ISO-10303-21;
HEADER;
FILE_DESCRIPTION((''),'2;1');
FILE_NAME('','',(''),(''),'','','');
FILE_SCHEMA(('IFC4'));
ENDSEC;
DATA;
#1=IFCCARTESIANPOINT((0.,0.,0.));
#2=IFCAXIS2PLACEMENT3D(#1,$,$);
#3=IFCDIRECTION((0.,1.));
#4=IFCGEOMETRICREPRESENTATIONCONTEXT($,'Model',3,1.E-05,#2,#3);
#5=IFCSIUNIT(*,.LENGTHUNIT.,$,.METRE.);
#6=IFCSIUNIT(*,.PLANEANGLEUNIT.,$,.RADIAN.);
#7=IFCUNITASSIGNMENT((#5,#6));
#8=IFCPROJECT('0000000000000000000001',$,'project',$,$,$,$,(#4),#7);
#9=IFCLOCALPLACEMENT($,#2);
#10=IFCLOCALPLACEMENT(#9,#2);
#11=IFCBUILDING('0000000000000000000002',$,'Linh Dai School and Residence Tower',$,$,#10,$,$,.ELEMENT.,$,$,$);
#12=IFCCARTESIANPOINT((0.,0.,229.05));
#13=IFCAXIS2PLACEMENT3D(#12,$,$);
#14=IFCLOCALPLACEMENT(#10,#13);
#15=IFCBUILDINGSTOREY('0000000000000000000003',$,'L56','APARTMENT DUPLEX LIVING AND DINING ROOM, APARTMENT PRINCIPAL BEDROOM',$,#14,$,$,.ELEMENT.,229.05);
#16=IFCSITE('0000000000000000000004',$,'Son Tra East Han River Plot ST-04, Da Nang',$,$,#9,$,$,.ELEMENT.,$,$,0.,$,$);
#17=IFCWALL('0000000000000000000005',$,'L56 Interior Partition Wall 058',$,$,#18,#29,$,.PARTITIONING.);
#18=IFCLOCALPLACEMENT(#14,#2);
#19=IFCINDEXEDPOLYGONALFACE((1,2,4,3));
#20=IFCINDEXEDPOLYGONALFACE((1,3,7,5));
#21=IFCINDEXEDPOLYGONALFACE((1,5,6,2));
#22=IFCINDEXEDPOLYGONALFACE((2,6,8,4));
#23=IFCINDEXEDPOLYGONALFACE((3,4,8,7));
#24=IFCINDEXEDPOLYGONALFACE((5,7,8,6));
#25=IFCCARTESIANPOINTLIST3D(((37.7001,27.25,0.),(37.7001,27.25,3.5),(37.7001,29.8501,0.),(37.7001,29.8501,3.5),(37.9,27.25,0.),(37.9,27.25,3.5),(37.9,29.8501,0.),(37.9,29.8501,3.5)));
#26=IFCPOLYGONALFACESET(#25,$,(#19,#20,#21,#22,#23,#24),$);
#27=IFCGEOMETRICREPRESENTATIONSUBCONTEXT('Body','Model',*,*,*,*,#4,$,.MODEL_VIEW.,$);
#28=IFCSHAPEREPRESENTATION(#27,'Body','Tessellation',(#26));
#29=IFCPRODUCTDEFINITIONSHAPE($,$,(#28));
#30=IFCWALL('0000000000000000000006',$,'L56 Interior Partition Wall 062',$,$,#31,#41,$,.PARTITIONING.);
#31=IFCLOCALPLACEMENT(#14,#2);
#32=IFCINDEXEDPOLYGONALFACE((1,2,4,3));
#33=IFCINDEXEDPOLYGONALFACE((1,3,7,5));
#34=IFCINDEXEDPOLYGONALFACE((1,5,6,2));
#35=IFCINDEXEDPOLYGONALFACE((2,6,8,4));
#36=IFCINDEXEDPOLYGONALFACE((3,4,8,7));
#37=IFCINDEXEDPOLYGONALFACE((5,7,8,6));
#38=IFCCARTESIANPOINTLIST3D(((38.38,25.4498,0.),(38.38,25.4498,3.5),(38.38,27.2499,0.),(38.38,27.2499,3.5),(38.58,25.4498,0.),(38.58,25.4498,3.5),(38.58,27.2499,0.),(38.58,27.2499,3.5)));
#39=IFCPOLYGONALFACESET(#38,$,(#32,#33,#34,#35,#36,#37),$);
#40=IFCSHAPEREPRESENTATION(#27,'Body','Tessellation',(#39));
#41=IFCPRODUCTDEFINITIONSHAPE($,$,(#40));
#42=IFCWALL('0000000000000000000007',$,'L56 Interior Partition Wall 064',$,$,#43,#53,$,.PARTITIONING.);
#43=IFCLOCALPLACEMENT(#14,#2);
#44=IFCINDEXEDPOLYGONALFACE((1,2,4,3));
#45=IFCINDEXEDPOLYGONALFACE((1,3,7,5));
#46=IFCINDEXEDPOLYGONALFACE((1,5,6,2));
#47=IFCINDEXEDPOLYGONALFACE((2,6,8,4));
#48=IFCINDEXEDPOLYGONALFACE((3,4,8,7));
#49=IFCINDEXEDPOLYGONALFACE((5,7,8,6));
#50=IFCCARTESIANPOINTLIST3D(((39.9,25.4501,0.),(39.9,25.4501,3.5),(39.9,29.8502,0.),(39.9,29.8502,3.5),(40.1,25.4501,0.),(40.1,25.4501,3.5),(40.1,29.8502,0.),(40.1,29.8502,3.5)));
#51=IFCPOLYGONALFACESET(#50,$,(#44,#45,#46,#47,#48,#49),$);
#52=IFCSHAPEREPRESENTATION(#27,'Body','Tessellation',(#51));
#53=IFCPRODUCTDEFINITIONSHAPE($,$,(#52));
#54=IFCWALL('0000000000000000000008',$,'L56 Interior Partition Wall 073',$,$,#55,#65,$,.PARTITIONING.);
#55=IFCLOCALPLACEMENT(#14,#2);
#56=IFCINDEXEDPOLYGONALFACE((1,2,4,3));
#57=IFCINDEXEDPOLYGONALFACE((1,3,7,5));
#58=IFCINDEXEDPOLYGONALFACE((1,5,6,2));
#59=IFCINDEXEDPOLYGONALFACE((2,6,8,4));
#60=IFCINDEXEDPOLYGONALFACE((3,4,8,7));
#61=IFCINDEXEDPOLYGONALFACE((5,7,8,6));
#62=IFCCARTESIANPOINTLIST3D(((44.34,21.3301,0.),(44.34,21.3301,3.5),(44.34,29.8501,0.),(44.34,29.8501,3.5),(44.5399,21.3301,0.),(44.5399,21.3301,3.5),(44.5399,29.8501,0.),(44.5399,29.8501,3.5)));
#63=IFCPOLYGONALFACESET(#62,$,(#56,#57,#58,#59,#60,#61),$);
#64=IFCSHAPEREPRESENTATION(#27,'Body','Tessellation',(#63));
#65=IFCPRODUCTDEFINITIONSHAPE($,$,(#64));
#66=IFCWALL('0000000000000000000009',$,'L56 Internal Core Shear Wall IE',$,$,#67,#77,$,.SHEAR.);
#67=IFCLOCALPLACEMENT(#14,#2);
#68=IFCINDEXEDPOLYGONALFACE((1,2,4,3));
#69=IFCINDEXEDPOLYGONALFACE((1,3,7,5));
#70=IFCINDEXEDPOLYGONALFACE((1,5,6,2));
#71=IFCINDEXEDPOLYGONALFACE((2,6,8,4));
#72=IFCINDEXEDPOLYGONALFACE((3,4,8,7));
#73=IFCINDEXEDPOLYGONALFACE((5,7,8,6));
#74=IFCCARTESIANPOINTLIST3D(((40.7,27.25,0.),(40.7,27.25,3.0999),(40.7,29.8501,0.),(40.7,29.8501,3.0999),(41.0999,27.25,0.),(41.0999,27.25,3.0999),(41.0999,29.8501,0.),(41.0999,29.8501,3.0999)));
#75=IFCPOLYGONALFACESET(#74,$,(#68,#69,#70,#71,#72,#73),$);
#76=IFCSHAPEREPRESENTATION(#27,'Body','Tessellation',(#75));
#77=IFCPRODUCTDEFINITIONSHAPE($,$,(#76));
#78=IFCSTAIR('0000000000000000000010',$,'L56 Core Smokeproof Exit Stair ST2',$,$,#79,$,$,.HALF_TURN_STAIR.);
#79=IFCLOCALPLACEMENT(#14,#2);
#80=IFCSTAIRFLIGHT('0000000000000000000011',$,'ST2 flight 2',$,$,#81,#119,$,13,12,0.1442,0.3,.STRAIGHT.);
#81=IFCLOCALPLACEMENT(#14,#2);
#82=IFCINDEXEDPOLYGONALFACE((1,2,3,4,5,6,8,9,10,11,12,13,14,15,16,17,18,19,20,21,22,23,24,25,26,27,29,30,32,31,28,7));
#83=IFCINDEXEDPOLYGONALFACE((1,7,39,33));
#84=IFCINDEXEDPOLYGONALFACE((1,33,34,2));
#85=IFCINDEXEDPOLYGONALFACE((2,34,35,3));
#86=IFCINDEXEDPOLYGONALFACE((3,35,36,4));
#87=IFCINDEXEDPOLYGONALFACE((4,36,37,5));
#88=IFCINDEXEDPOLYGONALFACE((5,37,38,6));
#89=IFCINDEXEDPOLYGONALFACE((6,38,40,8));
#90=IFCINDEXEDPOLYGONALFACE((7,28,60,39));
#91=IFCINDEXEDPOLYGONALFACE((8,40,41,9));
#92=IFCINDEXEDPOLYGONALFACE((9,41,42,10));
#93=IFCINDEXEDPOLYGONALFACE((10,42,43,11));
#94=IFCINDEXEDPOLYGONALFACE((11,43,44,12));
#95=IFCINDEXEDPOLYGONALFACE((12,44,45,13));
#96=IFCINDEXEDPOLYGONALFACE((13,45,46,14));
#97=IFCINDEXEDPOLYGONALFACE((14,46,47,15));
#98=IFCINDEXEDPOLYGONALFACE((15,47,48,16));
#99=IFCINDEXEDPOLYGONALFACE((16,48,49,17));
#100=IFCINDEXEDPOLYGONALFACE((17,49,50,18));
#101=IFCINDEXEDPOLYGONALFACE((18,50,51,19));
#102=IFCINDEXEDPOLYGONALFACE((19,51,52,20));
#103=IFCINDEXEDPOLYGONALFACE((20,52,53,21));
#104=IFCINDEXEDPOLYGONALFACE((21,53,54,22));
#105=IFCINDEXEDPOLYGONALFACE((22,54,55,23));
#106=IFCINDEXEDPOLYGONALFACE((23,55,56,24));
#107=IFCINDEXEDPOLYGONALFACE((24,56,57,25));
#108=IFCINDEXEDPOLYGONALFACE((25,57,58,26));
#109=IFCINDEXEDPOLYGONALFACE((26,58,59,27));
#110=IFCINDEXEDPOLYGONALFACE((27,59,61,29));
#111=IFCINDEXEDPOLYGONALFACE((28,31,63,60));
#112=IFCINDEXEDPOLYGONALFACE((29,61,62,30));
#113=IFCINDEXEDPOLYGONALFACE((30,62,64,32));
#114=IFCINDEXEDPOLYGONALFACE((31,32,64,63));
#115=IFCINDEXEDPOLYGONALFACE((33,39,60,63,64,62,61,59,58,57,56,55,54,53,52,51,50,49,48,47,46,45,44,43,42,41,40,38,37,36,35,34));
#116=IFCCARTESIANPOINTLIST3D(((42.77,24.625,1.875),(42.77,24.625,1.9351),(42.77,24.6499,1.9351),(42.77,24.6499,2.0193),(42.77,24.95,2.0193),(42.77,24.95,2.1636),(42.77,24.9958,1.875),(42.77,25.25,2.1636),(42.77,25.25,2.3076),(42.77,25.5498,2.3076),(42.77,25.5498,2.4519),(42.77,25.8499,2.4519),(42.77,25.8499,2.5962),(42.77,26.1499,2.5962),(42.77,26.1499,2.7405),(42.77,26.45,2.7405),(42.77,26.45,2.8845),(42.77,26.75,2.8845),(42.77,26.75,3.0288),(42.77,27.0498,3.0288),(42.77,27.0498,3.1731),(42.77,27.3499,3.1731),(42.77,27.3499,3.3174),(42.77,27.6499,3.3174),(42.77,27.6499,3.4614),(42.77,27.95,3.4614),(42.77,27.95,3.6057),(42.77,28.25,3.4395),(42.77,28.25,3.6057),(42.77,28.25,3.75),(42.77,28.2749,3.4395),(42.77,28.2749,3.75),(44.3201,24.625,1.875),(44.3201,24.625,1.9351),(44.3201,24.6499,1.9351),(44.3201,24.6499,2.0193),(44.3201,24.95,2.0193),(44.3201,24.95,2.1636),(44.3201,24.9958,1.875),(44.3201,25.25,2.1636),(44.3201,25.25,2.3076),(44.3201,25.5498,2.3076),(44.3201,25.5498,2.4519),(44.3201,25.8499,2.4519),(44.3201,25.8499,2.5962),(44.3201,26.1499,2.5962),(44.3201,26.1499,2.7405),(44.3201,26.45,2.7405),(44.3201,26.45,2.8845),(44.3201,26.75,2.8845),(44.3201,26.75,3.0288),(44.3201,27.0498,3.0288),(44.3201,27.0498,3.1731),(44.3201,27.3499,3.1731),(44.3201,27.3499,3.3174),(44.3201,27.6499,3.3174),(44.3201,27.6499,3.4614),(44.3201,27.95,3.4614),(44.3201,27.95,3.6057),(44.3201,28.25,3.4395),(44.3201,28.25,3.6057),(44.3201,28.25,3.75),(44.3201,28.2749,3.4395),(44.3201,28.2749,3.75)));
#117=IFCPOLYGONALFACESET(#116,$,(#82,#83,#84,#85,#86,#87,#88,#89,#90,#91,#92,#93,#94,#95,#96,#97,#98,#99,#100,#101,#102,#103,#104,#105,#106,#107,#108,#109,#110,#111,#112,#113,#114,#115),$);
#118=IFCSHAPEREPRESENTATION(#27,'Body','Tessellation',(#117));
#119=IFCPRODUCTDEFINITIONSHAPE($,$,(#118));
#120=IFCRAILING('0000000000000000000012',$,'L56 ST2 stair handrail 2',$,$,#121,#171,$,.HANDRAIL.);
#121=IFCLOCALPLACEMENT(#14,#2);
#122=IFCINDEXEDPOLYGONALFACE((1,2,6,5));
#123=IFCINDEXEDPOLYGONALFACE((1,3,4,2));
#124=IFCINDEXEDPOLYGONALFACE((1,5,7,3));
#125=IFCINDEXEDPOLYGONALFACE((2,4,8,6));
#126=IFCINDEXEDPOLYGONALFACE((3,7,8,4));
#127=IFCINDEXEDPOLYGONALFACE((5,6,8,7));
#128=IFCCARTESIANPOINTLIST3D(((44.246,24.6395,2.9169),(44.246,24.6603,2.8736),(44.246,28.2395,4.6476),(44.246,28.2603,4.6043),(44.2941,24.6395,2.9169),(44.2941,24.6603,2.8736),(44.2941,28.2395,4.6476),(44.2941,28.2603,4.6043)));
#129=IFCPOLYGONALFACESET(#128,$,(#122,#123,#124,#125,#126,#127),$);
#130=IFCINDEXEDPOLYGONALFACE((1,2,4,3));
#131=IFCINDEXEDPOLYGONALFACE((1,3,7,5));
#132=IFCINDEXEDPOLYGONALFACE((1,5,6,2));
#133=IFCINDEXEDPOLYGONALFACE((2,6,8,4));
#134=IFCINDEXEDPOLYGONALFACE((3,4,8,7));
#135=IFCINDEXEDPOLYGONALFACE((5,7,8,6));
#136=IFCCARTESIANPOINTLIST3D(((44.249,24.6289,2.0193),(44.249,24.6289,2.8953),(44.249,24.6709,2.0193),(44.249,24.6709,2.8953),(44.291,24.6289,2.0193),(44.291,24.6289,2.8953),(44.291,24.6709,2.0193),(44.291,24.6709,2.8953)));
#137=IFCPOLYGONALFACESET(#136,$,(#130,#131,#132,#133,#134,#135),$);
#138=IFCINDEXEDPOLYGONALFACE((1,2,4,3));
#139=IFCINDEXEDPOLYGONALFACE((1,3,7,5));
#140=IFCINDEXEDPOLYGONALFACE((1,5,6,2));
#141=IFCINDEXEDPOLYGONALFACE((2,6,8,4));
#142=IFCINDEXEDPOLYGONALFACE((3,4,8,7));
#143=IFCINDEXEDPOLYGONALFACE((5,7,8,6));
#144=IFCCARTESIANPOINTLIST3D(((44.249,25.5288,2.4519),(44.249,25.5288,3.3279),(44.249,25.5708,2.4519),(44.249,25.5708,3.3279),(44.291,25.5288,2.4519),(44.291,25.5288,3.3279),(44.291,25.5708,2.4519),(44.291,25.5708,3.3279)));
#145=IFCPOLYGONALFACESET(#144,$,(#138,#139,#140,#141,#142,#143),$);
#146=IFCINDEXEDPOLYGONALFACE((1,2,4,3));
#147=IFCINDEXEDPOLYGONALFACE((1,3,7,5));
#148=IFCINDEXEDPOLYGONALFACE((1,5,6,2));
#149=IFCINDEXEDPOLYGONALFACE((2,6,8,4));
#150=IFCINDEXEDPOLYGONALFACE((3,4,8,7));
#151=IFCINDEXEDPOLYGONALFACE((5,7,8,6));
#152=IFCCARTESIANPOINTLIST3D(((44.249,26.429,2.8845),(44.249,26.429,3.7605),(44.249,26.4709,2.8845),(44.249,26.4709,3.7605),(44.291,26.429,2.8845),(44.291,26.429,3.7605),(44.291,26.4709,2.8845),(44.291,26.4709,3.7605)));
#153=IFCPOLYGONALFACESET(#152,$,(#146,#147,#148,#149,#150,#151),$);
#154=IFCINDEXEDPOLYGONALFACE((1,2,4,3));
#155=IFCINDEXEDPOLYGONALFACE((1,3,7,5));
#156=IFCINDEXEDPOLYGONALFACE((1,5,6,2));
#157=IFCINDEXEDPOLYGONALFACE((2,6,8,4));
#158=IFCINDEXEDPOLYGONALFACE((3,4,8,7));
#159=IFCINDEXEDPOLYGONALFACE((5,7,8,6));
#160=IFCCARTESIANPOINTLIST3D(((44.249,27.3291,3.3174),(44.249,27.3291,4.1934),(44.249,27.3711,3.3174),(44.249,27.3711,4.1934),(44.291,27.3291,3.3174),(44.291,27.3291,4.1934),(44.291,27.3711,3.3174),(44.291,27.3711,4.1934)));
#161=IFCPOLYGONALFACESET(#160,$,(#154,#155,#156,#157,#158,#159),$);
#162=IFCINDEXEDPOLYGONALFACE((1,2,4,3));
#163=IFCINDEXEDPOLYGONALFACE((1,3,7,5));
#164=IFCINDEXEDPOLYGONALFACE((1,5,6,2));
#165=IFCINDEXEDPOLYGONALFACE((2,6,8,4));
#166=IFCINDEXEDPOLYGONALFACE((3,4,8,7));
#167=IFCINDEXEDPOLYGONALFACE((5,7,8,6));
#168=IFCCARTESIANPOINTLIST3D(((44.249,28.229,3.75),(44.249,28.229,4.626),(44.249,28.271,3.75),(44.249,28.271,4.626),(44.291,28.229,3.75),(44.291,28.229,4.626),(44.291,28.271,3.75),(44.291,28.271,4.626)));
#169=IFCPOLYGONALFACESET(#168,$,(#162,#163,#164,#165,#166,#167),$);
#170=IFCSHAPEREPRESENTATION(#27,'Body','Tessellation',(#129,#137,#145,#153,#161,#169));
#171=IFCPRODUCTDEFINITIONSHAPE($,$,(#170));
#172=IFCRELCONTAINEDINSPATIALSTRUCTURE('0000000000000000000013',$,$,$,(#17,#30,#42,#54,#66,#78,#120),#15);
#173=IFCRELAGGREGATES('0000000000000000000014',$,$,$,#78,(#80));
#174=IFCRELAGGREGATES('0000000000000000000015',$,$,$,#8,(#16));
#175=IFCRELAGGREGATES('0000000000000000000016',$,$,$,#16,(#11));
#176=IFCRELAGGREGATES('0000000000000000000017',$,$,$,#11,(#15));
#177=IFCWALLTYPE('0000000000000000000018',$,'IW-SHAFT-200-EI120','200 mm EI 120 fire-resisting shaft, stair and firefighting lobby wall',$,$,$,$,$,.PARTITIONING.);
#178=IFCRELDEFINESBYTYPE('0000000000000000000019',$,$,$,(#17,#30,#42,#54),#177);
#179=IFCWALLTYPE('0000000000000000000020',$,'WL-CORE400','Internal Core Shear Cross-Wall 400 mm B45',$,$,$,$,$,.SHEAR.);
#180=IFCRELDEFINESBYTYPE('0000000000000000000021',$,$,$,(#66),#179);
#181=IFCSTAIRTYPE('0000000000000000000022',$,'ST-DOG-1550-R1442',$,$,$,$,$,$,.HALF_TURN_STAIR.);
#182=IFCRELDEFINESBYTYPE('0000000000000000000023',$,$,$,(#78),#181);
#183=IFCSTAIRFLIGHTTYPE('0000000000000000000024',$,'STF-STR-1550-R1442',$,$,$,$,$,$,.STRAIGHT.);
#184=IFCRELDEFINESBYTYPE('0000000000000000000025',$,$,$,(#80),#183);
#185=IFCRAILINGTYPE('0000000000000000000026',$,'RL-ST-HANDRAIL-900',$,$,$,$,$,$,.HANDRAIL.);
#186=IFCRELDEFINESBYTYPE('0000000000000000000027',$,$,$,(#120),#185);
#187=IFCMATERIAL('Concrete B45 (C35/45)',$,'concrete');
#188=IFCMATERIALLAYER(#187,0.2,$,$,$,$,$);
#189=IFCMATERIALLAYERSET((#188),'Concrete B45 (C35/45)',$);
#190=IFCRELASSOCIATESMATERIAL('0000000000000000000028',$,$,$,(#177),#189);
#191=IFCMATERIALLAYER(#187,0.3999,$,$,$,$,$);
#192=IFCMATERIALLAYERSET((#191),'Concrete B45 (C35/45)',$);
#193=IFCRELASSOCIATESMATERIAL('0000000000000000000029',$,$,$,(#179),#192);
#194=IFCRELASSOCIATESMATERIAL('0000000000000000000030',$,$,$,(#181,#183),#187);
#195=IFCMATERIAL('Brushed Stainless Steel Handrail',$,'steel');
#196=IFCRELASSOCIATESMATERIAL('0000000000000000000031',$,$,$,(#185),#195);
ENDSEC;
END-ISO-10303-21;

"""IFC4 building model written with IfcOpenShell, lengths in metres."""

from ifc_helpers import new_model, si_unit, direction, frame, frame_2d, origin, origin_2d, place, context, subcontext, project, spatial, polyline, rectangle, outline, extrude, source, transform, mapped, material, layer, layer_set, type_object, element, aggregate, save


model = new_model("IFC4")

# Units and contexts
model_context = context("Model", 3, precision=1e-05, world=origin(), true_north=direction((0.0, 1.0)))
body_context = subcontext(model_context, "Body", "Model", "MODEL_VIEW")
ifc_project = project(units=[si_unit("LENGTHUNIT", "METRE"), si_unit("PLANEANGLEUNIT", "RADIAN")], contexts=[model_context])

# Site, building, storey
site_placement = place(None, origin())
site = spatial("IfcSite", under=ifc_project, at=site_placement, Name="Son Tra East Han River Plot ST-04, Da Nang", CompositionType="ELEMENT", RefElevation=0.0)
building_placement = place(site_placement, origin())
building = spatial("IfcBuilding", under=site, at=building_placement, Name="Linh Dai School and Residence Tower", CompositionType="ELEMENT")
storey_placement = place(building_placement, frame((0.0, 0.0, 229.05)))
storey = spatial("IfcBuildingStorey", under=building, at=storey_placement, Name="L56", Description="APARTMENT DUPLEX LIVING AND DINING ROOM, APARTMENT PRINCIPAL BEDROOM", CompositionType="ELEMENT", Elevation=229.05)

# Walls
ifc_material_1 = material(Name="Concrete B45 (C35/45)", Category="concrete")
ifc_layer_1 = layer(ifc_material_1, 0.2)
ifc_layer_set_1 = layer_set([ifc_layer_1], Name="Concrete B45 (C35/45)")
wall_type_1 = type_object("IfcWallType", Name="IW-SHAFT-200-EI120", Description="200 mm EI 120 fire-resisting shaft, stair and firefighting lobby wall", PredefinedType="PARTITIONING", material=ifc_layer_set_1)
wall_1_placement = place(storey_placement, frame((37.8, 27.25, 0.0), z_axis=(0.0, 0.0, 1.0), x_axis=(0.0, 1.0, 0.0)))
element("IfcWall", 1, at=wall_1_placement, inside=storey, type_object=wall_type_1, Name="L56 Interior Partition Wall 058", PredefinedType="PARTITIONING", context=body_context, shape_type="SweptSolid", body=[
    extrude(rectangle(XDim=2.6001, YDim=0.2, at=frame_2d((1.3, 0.0))), origin(), (0.0, 0.0, 1.0), 3.5),
])
wall_2_placement = place(storey_placement, frame((38.48, 25.45, 0.0), z_axis=(0.0, 0.0, 1.0), x_axis=(0.0, 1.0, 0.0)))
element("IfcWall", 2, at=wall_2_placement, inside=storey, type_object=wall_type_1, Name="L56 Interior Partition Wall 062", PredefinedType="PARTITIONING", context=body_context, shape_type="SweptSolid", body=[
    extrude(rectangle(XDim=1.8, YDim=0.2, at=frame_2d((0.8999, 0.0))), origin(), (0.0, 0.0, 1.0), 3.5),
])
wall_3_placement = place(storey_placement, frame((40.0, 25.45, 0.0), z_axis=(0.0, 0.0, 1.0), x_axis=(0.0, 1.0, 0.0)))
element("IfcWall", 3, at=wall_3_placement, inside=storey, type_object=wall_type_1, Name="L56 Interior Partition Wall 064", PredefinedType="PARTITIONING", context=body_context, shape_type="SweptSolid", body=[
    extrude(rectangle(XDim=4.4001, YDim=0.2, at=frame_2d((2.2002, 0.0))), origin(), (0.0, 0.0, 1.0), 3.5),
])
wall_4_placement = place(storey_placement, frame((44.4399, 21.3301, 0.0), z_axis=(0.0, 0.0, 1.0), x_axis=(0.0, 1.0, 0.0)))
element("IfcWall", 4, at=wall_4_placement, inside=storey, type_object=wall_type_1, Name="L56 Interior Partition Wall 073", PredefinedType="PARTITIONING", context=body_context, shape_type="SweptSolid", body=[
    extrude(rectangle(XDim=8.52, YDim=0.2, at=frame_2d((4.26, 0.0))), origin(), (0.0, 0.0, 1.0), 3.5),
])
ifc_layer_2 = layer(ifc_material_1, 0.3999)
ifc_layer_set_2 = layer_set([ifc_layer_2], Name="Concrete B45 (C35/45)")
wall_type_2 = type_object("IfcWallType", Name="WL-CORE400", Description="Internal Core Shear Cross-Wall 400 mm B45", PredefinedType="SHEAR", material=ifc_layer_set_2)
wall_5_placement = place(storey_placement, frame((40.8999, 27.25, 0.0), z_axis=(0.0, 0.0, 1.0), x_axis=(0.0, 1.0, 0.0)))
element("IfcWall", 5, at=wall_5_placement, inside=storey, type_object=wall_type_2, Name="L56 Internal Core Shear Wall IE", PredefinedType="SHEAR", context=body_context, shape_type="SweptSolid", body=[
    extrude(rectangle(XDim=2.6001, YDim=0.3999, at=frame_2d((1.3, 0.0))), origin(), (0.0, 0.0, 1.0), 3.0999),
])

# Stair, stair flight
stair_type = type_object("IfcStairType", Name="ST-DOG-1550-R1442", PredefinedType="HALF_TURN_STAIR", material=ifc_material_1)
stair_placement = place(storey_placement, origin())
stair = element("IfcStair", 6, at=stair_placement, inside=storey, type_object=stair_type, Name="L56 Core Smokeproof Exit Stair ST2", PredefinedType="HALF_TURN_STAIR")
stair_flight_type = type_object("IfcStairFlightType", Name="STF-STR-1550-R1442", PredefinedType="STRAIGHT", material=ifc_material_1)
shared_shape_1 = source(origin(), body_context, "Body", "SweptSolid", [
    extrude(outline(polyline([(-0.0249, 0.0), (-0.0249, 0.0601), (0.0, 0.0601), (0.0, 0.1443), (0.3, 0.1443), (0.3, 0.2886), (0.6001, 0.2886), (0.6001, 0.4326), (0.8999, 0.4326), (0.8999, 0.5769), (1.2, 0.5769), (1.2, 0.7212), (1.5, 0.7212), (1.5, 0.8655), (1.8, 0.8655), (1.8, 1.0095), (2.1001, 1.0095), (2.1001, 1.1538), (2.3999, 1.1538), (2.3999, 1.2981), (2.7, 1.2981), (2.7, 1.4424), (3.0, 1.4424), (3.0, 1.5864), (3.3, 1.5864), (3.3, 1.7307), (3.6001, 1.7307), (3.6001, 1.875), (3.625, 1.875), (3.625, 1.5645), (3.6001, 1.5645), (0.3459, 0.0), (-0.0249, 0.0)])), frame((0.0, 0.7749, 0.0), z_axis=(0.0, -1.0, 0.0), x_axis=(1.0, 0.0, 0.0)), (0.0, 0.0, 1.0), 1.55),
])
stair_flight_placement = place(storey_placement, frame((43.5449, 24.6499, 1.875), z_axis=(0.0, 0.0, 1.0), x_axis=(0.0, 1.0, 0.0)))
stair_flight = element("IfcStairFlight", 7, at=stair_flight_placement, type_object=stair_flight_type, Name="ST2 flight 2", NumberOfRisers=13, NumberOfTreads=12, PredefinedType="STRAIGHT", RiserHeight=0.1442, TreadLength=0.3, context=body_context, shape_type="MappedRepresentation", body=[
    mapped(shared_shape_1, transform((0.0, 0.0, 0.0), x_axis=(1.0, 0.0, 0.0), y_axis=(0.0, 1.0, 0.0), z_axis=(0.0, 0.0, 1.0), scale=1.0)),
])
aggregate(stair, [stair_flight])

# Railing
ifc_material_2 = material(Name="Brushed Stainless Steel Handrail", Category="steel")
railing_type_1 = type_object("IfcRailingType", Name="RL-ST-HANDRAIL-900", PredefinedType="HANDRAIL", material=ifc_material_2)
shared_shape_2 = source(origin(), body_context, "Body", "SweptSolid", [
    extrude(rectangle(XDim=0.0481, YDim=0.0481, at=origin_2d()), frame((0.0, 0.0, 0.876), z_axis=(0.0, 0.901263, 0.433273), x_axis=(-1.0, 0.0, 0.0)), (0.0, 0.0, 1.0), 3.9944),
    extrude(rectangle(XDim=0.042, YDim=0.042, at=origin_2d()), origin(), (0.0, 0.0, 1.0), 0.876),
    extrude(rectangle(XDim=0.042, YDim=0.042, at=origin_2d()), frame((0.0, 0.8999, 0.4326)), (0.0, 0.0, 1.0), 0.876),
    extrude(rectangle(XDim=0.042, YDim=0.042, at=origin_2d()), frame((0.0, 1.8, 0.8652)), (0.0, 0.0, 1.0), 0.876),
    extrude(rectangle(XDim=0.042, YDim=0.042, at=origin_2d()), frame((0.0, 2.7002, 1.2981)), (0.0, 0.0, 1.0), 0.876),
    extrude(rectangle(XDim=0.042, YDim=0.042, at=origin_2d()), frame((0.0, 3.6001, 1.7307)), (0.0, 0.0, 1.0), 0.876),
])
railing_1_placement = place(storey_placement, frame((44.27, 24.6499, 2.0193)))
element("IfcRailing", 8, at=railing_1_placement, inside=storey, type_object=railing_type_1, Name="L56 ST2 stair handrail 2", PredefinedType="HANDRAIL", context=body_context, shape_type="MappedRepresentation", body=[
    mapped(shared_shape_2, transform((0.0, 0.0, 0.0), x_axis=(1.0, 0.0, 0.0), y_axis=(0.0, 1.0, 0.0), z_axis=(0.0, 0.0, 1.0), scale=1.0)),
])

save(model, "model.ifc")
